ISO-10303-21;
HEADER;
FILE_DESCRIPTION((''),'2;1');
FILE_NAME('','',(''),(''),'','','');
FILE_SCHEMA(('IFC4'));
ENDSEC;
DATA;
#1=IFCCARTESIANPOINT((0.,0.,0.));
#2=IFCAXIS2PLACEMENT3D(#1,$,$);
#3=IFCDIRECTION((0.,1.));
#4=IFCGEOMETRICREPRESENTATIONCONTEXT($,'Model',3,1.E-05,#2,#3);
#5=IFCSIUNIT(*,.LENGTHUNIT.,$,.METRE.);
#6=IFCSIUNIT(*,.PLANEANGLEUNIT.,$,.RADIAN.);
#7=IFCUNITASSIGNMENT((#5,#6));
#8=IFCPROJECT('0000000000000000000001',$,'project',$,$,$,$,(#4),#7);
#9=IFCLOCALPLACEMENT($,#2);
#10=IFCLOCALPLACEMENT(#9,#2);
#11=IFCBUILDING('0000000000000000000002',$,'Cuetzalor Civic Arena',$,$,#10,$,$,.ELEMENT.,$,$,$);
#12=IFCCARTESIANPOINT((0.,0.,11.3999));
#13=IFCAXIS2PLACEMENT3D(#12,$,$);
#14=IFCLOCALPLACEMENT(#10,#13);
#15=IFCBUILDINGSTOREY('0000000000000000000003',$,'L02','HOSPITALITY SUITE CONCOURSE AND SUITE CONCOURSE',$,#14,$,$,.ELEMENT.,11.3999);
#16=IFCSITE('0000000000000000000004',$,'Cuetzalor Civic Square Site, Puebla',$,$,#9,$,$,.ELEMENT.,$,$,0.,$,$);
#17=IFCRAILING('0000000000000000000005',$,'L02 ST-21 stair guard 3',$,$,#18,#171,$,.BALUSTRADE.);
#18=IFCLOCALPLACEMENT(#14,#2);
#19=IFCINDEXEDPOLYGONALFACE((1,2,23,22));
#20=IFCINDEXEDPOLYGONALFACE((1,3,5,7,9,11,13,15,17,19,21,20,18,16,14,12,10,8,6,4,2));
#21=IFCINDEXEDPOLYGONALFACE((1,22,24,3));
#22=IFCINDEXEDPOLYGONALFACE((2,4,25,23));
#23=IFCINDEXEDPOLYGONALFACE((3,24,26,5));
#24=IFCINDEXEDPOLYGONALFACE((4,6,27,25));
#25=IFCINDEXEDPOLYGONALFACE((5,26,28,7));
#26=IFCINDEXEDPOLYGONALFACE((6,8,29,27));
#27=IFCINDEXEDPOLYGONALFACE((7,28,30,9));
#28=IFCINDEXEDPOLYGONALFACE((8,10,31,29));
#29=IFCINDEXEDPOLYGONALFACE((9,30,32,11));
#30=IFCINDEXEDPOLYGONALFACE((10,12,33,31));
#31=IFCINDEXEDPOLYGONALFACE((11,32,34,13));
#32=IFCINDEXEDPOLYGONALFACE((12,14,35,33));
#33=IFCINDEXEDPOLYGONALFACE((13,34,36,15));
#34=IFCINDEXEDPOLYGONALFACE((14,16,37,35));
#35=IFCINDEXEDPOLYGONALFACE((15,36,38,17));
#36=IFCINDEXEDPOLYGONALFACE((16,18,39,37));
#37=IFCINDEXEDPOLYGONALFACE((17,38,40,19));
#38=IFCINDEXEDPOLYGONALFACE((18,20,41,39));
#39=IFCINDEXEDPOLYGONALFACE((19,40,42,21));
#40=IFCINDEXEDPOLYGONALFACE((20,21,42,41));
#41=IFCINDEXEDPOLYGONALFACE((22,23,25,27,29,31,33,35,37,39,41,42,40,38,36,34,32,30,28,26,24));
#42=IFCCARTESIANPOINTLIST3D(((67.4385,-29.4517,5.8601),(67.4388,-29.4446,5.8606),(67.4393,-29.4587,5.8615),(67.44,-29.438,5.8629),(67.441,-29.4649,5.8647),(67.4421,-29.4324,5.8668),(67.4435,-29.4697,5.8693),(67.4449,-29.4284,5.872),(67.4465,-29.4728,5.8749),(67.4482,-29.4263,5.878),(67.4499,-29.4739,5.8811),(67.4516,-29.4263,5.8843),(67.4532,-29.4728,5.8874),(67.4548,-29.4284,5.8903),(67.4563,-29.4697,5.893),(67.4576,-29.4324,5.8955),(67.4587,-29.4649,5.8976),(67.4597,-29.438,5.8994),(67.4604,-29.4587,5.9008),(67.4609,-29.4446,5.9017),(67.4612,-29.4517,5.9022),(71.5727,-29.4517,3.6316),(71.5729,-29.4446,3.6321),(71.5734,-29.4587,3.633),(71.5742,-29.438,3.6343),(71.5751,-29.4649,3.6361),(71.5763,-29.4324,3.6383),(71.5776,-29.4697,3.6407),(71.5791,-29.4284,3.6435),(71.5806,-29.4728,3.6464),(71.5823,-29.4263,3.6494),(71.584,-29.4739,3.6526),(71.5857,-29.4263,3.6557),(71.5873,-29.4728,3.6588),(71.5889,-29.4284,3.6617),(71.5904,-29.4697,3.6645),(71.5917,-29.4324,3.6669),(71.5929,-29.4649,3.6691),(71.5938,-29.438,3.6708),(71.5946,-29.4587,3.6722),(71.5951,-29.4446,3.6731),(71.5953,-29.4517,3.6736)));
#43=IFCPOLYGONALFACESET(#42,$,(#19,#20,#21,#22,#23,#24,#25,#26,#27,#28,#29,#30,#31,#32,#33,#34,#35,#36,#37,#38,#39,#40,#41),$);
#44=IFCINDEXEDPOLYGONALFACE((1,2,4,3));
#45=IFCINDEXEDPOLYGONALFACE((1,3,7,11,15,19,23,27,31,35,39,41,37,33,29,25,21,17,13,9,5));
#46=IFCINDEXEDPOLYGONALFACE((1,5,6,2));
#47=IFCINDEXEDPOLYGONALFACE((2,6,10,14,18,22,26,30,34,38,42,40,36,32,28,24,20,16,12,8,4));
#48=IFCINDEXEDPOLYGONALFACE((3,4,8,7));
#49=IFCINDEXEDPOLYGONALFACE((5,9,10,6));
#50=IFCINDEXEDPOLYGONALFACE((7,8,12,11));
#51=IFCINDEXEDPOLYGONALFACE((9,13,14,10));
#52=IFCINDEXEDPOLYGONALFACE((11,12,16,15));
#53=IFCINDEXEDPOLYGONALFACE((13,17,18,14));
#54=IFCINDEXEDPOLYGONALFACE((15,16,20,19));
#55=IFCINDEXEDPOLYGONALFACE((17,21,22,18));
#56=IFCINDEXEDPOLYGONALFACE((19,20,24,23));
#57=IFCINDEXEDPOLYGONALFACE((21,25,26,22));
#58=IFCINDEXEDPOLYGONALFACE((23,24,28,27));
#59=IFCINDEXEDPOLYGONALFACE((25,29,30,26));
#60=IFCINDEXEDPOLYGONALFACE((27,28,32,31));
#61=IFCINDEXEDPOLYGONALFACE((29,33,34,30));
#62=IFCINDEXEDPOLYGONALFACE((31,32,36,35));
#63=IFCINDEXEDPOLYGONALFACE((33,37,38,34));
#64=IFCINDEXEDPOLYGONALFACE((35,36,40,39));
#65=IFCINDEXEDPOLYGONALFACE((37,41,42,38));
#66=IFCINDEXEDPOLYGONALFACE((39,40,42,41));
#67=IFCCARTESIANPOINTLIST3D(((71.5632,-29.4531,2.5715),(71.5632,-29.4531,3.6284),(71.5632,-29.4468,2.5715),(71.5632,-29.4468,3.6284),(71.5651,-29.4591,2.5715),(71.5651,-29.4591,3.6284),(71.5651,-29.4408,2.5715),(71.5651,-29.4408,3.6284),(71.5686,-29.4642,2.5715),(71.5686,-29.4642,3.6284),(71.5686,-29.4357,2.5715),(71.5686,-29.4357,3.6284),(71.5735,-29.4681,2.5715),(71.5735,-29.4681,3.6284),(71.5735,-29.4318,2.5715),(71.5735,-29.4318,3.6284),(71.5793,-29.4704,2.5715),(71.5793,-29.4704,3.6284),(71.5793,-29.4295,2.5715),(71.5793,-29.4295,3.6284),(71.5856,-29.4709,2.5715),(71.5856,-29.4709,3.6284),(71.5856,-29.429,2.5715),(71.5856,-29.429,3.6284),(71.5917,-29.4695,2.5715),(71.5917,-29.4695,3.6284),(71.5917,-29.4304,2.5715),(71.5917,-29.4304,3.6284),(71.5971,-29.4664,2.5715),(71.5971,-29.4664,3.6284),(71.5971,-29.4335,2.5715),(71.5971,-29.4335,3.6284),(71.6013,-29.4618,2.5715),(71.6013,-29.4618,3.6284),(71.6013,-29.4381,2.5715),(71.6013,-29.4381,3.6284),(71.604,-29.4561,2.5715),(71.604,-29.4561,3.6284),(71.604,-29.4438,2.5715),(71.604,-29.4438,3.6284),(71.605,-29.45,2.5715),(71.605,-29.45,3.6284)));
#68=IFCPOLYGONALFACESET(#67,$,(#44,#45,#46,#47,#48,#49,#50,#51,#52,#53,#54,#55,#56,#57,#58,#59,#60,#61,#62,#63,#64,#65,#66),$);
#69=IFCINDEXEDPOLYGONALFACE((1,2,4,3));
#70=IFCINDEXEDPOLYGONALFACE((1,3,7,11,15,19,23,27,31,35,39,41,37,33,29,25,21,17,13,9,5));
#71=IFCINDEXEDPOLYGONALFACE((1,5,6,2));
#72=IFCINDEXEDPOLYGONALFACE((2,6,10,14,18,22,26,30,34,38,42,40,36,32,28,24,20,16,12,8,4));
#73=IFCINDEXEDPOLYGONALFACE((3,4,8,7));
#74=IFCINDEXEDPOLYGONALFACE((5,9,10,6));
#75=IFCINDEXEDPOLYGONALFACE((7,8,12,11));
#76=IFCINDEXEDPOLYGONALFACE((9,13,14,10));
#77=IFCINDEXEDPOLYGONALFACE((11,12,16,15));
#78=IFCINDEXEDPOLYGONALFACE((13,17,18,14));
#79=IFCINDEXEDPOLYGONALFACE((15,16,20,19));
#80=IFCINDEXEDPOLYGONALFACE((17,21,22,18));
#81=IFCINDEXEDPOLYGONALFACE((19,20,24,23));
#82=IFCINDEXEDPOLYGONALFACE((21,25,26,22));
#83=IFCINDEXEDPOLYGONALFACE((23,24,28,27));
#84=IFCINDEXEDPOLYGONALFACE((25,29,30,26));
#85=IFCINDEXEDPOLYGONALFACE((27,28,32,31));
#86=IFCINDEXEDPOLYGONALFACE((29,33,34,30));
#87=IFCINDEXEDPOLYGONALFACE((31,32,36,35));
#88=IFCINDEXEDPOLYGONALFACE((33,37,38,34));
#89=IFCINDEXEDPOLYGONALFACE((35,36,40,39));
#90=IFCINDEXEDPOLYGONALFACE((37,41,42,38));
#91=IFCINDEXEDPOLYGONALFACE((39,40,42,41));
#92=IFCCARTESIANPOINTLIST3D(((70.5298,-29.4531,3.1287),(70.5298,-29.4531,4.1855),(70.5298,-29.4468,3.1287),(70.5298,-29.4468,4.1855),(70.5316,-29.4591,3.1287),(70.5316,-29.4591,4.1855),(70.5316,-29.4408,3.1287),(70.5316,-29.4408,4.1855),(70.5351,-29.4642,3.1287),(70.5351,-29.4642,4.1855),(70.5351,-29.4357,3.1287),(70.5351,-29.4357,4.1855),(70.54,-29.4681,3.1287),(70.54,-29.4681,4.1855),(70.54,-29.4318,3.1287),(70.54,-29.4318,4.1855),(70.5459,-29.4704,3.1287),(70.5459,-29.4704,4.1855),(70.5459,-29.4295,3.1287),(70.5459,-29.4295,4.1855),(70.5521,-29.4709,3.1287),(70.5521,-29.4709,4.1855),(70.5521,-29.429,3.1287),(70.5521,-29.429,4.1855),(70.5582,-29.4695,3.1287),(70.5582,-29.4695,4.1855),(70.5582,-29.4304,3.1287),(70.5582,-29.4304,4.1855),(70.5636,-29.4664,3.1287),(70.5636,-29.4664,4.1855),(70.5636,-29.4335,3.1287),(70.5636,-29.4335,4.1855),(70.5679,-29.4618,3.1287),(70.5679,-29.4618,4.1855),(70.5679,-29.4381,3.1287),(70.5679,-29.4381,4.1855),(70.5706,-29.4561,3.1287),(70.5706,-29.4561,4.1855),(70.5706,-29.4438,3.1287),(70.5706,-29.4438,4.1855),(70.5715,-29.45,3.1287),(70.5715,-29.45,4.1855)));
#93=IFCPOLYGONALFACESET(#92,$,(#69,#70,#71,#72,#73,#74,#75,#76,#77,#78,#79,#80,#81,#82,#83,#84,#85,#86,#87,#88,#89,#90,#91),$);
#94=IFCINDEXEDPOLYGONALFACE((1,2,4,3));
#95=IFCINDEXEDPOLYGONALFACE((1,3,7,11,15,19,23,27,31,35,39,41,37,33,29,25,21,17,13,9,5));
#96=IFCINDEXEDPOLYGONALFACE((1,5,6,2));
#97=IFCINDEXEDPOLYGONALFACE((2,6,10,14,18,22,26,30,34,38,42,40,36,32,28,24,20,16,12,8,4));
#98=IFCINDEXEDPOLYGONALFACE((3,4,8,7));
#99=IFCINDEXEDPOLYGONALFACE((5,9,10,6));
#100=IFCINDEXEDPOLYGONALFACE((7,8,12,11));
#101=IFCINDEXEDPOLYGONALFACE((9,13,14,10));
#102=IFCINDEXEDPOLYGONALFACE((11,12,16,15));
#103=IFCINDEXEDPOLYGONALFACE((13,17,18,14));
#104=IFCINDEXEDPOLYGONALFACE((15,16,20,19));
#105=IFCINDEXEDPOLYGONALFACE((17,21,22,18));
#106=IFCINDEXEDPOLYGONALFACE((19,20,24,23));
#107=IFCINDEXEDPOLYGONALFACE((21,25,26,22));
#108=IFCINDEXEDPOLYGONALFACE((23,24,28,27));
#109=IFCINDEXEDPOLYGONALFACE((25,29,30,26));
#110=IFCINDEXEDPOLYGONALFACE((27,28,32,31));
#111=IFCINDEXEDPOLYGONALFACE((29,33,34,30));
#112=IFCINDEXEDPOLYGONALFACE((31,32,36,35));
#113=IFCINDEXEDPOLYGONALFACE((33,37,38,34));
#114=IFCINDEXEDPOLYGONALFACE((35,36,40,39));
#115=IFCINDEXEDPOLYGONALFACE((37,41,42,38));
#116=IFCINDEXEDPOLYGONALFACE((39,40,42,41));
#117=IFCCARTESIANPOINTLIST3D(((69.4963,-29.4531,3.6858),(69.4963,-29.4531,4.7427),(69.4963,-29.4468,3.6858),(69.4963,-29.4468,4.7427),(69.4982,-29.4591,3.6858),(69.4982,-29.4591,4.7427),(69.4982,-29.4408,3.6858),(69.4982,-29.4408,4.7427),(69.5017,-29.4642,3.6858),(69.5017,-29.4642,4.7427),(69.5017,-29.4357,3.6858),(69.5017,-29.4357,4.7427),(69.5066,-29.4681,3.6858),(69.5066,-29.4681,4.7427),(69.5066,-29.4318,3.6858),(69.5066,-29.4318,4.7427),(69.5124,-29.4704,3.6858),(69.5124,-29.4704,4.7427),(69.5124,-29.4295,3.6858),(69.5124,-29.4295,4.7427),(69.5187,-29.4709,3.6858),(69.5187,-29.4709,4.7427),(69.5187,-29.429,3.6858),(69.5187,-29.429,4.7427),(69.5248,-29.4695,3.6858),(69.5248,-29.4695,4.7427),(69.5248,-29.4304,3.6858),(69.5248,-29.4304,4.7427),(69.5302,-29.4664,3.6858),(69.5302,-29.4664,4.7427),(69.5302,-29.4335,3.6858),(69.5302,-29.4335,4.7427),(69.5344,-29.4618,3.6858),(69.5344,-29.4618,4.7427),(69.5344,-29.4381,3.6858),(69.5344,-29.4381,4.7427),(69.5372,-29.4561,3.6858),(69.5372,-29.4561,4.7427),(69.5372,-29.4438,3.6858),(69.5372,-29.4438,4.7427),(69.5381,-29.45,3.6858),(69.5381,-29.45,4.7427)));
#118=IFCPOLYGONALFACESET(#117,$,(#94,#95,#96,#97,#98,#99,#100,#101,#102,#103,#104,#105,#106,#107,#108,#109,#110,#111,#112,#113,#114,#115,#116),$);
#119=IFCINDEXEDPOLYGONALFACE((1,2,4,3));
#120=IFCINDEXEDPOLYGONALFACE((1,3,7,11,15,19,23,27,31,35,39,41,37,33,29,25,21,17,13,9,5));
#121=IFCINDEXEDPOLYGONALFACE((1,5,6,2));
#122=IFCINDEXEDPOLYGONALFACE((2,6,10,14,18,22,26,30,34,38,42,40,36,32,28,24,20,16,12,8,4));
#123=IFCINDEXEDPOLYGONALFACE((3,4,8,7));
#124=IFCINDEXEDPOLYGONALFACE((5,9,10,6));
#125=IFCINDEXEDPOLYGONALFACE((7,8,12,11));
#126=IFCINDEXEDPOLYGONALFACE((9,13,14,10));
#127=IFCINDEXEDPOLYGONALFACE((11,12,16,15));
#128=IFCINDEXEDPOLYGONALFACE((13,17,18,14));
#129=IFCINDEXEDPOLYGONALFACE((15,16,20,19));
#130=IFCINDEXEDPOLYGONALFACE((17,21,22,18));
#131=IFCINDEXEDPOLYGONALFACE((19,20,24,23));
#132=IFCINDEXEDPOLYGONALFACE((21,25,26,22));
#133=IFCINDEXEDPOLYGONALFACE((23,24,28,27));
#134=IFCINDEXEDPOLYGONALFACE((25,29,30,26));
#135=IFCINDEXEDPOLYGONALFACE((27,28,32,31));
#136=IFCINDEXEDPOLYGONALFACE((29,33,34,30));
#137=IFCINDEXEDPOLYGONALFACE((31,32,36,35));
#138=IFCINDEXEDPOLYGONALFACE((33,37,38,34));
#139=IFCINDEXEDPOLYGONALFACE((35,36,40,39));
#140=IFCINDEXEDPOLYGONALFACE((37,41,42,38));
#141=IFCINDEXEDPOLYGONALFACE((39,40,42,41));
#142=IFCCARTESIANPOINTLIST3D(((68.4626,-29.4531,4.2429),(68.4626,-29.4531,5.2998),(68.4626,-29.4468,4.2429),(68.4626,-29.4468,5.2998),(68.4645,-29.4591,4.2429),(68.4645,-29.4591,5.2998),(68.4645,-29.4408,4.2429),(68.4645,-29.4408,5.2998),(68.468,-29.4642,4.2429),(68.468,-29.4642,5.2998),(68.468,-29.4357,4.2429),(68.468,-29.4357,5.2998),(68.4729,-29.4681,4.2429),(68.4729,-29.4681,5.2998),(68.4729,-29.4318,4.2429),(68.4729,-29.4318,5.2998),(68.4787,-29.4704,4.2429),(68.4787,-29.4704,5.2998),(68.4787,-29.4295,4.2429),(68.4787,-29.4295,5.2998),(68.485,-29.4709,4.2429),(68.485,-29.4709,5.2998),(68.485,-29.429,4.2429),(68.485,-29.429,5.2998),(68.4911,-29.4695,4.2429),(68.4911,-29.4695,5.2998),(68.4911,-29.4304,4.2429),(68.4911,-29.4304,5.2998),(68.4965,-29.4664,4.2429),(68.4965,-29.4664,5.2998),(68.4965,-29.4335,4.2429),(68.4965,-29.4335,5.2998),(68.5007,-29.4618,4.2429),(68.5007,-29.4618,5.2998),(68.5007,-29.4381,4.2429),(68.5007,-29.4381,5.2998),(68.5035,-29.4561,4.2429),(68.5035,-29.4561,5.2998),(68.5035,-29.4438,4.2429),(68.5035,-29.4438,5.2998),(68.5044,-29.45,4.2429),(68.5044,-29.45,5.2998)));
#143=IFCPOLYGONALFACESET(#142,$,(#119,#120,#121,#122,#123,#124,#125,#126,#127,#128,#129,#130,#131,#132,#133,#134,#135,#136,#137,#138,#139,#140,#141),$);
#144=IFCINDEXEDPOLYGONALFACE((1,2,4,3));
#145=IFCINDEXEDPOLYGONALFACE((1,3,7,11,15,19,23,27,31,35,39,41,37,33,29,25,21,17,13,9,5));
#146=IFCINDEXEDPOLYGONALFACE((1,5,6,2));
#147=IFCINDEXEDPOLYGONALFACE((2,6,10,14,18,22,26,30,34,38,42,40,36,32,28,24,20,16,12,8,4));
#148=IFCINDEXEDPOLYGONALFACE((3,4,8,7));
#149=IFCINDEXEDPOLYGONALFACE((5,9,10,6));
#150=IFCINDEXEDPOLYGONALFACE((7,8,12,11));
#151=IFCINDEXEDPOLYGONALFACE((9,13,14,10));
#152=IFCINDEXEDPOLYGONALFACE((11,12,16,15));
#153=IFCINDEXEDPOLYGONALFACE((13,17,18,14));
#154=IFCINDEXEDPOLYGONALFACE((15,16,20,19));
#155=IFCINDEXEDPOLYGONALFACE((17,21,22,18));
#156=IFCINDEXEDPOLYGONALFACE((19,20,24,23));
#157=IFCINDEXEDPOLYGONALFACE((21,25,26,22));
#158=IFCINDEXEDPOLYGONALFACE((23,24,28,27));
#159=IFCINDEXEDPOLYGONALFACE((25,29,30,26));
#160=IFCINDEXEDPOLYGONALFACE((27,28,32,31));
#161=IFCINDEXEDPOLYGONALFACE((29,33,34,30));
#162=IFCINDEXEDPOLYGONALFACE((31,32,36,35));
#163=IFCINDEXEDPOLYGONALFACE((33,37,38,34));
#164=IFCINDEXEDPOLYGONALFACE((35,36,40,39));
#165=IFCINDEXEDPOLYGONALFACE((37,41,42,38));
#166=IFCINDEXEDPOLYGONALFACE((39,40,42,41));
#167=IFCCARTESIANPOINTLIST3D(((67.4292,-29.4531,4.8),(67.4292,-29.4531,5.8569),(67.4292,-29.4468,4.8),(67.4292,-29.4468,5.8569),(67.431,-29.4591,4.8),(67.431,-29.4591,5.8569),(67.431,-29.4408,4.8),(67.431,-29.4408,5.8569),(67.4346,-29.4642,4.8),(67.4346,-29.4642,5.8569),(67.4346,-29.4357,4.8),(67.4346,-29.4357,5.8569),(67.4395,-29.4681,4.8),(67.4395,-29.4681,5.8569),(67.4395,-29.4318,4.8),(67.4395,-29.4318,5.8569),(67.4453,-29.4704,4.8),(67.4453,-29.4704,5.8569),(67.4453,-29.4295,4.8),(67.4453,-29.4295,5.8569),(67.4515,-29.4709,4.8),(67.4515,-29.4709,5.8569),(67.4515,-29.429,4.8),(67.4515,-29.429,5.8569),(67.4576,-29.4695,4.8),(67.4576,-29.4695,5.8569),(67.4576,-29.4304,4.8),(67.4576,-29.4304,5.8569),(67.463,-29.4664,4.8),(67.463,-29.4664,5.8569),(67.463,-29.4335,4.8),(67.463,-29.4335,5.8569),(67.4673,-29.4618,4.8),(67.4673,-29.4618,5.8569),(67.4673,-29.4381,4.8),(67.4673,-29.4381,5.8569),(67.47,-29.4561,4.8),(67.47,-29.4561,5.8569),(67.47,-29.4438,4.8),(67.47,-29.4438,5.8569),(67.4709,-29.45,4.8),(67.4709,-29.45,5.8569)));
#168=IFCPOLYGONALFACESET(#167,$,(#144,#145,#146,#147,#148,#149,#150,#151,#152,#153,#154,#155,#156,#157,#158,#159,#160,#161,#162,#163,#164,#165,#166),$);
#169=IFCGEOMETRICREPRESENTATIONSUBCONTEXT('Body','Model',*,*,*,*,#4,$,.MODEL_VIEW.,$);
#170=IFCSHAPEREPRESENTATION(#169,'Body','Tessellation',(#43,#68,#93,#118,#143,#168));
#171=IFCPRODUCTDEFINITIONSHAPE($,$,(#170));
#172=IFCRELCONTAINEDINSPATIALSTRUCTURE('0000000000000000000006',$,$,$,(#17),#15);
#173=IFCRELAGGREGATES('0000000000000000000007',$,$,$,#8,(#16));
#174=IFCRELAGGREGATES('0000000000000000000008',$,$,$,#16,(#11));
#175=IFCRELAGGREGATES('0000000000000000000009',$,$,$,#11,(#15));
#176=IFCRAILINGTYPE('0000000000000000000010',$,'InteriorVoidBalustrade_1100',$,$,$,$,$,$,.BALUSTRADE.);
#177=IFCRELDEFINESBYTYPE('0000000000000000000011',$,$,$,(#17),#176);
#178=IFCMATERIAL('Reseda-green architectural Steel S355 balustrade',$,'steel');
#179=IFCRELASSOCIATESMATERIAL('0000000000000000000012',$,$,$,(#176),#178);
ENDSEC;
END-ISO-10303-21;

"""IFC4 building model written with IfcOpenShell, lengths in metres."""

from ifc_helpers import new_model, si_unit, direction, frame, origin, origin_2d, place, context, subcontext, project, spatial, circle, extrude, material, type_object, element, save


model = new_model("IFC4")

# Units and contexts
model_context = context("Model", 3, precision=1e-05, world=origin(), true_north=direction((0.0, 1.0)))
body_context = subcontext(model_context, "Body", "Model", "MODEL_VIEW")
ifc_project = project(units=[si_unit("LENGTHUNIT", "METRE"), si_unit("PLANEANGLEUNIT", "RADIAN")], contexts=[model_context])

# Site, building, storey
site_placement = place(None, origin())
site = spatial("IfcSite", under=ifc_project, at=site_placement, Name="Cuetzalor Civic Square Site, Puebla", CompositionType="ELEMENT", RefElevation=0.0)
building_placement = place(site_placement, origin())
building = spatial("IfcBuilding", under=site, at=building_placement, Name="Cuetzalor Civic Arena", CompositionType="ELEMENT")
storey_placement = place(building_placement, frame((0.0, 0.0, 11.3999)))
storey = spatial("IfcBuildingStorey", under=building, at=storey_placement, Name="L02", Description="HOSPITALITY SUITE CONCOURSE AND SUITE CONCOURSE", CompositionType="ELEMENT", Elevation=11.3999)

# Railing
ifc_material_1 = material(Name="Reseda-green architectural Steel S355 balustrade", Category="steel")
railing_type_1 = type_object("IfcRailingType", Name="InteriorVoidBalustrade_1100", PredefinedType="BALUSTRADE", material=ifc_material_1)
railing_1_placement = place(storey_placement, frame((71.584, -29.45, 2.5715)))
element("IfcRailing", 1, at=railing_1_placement, inside=storey, type_object=railing_type_1, Name="L02 ST-21 stair guard 3", PredefinedType="BALUSTRADE", context=body_context, shape_type="SweptSolid", body=[
    extrude(circle(Radius=0.0239, at=origin_2d()), frame((0.0, 0.0, 1.0811), z_axis=(-0.880249, 0.0, 0.474512), x_axis=(0.0, -1.0, 0.0)), (0.0, 0.0, 1.0), 4.6965),
    extrude(circle(Radius=0.021, at=origin_2d()), origin(), (0.0, 0.0, 1.0), 1.0569),
    extrude(circle(Radius=0.021, at=origin_2d()), frame((-1.0334, 0.0, 0.5571)), (0.0, 0.0, 1.0), 1.0569),
    extrude(circle(Radius=0.021, at=origin_2d()), frame((-2.0669, 0.0, 1.1143)), (0.0, 0.0, 1.0), 1.0569),
    extrude(circle(Radius=0.021, at=origin_2d()), frame((-3.1006, 0.0, 1.6714)), (0.0, 0.0, 1.0), 1.0569),
    extrude(circle(Radius=0.021, at=origin_2d()), frame((-4.134, 0.0, 2.2285)), (0.0, 0.0, 1.0), 1.0569),
])

save(model, "model.ifc")
